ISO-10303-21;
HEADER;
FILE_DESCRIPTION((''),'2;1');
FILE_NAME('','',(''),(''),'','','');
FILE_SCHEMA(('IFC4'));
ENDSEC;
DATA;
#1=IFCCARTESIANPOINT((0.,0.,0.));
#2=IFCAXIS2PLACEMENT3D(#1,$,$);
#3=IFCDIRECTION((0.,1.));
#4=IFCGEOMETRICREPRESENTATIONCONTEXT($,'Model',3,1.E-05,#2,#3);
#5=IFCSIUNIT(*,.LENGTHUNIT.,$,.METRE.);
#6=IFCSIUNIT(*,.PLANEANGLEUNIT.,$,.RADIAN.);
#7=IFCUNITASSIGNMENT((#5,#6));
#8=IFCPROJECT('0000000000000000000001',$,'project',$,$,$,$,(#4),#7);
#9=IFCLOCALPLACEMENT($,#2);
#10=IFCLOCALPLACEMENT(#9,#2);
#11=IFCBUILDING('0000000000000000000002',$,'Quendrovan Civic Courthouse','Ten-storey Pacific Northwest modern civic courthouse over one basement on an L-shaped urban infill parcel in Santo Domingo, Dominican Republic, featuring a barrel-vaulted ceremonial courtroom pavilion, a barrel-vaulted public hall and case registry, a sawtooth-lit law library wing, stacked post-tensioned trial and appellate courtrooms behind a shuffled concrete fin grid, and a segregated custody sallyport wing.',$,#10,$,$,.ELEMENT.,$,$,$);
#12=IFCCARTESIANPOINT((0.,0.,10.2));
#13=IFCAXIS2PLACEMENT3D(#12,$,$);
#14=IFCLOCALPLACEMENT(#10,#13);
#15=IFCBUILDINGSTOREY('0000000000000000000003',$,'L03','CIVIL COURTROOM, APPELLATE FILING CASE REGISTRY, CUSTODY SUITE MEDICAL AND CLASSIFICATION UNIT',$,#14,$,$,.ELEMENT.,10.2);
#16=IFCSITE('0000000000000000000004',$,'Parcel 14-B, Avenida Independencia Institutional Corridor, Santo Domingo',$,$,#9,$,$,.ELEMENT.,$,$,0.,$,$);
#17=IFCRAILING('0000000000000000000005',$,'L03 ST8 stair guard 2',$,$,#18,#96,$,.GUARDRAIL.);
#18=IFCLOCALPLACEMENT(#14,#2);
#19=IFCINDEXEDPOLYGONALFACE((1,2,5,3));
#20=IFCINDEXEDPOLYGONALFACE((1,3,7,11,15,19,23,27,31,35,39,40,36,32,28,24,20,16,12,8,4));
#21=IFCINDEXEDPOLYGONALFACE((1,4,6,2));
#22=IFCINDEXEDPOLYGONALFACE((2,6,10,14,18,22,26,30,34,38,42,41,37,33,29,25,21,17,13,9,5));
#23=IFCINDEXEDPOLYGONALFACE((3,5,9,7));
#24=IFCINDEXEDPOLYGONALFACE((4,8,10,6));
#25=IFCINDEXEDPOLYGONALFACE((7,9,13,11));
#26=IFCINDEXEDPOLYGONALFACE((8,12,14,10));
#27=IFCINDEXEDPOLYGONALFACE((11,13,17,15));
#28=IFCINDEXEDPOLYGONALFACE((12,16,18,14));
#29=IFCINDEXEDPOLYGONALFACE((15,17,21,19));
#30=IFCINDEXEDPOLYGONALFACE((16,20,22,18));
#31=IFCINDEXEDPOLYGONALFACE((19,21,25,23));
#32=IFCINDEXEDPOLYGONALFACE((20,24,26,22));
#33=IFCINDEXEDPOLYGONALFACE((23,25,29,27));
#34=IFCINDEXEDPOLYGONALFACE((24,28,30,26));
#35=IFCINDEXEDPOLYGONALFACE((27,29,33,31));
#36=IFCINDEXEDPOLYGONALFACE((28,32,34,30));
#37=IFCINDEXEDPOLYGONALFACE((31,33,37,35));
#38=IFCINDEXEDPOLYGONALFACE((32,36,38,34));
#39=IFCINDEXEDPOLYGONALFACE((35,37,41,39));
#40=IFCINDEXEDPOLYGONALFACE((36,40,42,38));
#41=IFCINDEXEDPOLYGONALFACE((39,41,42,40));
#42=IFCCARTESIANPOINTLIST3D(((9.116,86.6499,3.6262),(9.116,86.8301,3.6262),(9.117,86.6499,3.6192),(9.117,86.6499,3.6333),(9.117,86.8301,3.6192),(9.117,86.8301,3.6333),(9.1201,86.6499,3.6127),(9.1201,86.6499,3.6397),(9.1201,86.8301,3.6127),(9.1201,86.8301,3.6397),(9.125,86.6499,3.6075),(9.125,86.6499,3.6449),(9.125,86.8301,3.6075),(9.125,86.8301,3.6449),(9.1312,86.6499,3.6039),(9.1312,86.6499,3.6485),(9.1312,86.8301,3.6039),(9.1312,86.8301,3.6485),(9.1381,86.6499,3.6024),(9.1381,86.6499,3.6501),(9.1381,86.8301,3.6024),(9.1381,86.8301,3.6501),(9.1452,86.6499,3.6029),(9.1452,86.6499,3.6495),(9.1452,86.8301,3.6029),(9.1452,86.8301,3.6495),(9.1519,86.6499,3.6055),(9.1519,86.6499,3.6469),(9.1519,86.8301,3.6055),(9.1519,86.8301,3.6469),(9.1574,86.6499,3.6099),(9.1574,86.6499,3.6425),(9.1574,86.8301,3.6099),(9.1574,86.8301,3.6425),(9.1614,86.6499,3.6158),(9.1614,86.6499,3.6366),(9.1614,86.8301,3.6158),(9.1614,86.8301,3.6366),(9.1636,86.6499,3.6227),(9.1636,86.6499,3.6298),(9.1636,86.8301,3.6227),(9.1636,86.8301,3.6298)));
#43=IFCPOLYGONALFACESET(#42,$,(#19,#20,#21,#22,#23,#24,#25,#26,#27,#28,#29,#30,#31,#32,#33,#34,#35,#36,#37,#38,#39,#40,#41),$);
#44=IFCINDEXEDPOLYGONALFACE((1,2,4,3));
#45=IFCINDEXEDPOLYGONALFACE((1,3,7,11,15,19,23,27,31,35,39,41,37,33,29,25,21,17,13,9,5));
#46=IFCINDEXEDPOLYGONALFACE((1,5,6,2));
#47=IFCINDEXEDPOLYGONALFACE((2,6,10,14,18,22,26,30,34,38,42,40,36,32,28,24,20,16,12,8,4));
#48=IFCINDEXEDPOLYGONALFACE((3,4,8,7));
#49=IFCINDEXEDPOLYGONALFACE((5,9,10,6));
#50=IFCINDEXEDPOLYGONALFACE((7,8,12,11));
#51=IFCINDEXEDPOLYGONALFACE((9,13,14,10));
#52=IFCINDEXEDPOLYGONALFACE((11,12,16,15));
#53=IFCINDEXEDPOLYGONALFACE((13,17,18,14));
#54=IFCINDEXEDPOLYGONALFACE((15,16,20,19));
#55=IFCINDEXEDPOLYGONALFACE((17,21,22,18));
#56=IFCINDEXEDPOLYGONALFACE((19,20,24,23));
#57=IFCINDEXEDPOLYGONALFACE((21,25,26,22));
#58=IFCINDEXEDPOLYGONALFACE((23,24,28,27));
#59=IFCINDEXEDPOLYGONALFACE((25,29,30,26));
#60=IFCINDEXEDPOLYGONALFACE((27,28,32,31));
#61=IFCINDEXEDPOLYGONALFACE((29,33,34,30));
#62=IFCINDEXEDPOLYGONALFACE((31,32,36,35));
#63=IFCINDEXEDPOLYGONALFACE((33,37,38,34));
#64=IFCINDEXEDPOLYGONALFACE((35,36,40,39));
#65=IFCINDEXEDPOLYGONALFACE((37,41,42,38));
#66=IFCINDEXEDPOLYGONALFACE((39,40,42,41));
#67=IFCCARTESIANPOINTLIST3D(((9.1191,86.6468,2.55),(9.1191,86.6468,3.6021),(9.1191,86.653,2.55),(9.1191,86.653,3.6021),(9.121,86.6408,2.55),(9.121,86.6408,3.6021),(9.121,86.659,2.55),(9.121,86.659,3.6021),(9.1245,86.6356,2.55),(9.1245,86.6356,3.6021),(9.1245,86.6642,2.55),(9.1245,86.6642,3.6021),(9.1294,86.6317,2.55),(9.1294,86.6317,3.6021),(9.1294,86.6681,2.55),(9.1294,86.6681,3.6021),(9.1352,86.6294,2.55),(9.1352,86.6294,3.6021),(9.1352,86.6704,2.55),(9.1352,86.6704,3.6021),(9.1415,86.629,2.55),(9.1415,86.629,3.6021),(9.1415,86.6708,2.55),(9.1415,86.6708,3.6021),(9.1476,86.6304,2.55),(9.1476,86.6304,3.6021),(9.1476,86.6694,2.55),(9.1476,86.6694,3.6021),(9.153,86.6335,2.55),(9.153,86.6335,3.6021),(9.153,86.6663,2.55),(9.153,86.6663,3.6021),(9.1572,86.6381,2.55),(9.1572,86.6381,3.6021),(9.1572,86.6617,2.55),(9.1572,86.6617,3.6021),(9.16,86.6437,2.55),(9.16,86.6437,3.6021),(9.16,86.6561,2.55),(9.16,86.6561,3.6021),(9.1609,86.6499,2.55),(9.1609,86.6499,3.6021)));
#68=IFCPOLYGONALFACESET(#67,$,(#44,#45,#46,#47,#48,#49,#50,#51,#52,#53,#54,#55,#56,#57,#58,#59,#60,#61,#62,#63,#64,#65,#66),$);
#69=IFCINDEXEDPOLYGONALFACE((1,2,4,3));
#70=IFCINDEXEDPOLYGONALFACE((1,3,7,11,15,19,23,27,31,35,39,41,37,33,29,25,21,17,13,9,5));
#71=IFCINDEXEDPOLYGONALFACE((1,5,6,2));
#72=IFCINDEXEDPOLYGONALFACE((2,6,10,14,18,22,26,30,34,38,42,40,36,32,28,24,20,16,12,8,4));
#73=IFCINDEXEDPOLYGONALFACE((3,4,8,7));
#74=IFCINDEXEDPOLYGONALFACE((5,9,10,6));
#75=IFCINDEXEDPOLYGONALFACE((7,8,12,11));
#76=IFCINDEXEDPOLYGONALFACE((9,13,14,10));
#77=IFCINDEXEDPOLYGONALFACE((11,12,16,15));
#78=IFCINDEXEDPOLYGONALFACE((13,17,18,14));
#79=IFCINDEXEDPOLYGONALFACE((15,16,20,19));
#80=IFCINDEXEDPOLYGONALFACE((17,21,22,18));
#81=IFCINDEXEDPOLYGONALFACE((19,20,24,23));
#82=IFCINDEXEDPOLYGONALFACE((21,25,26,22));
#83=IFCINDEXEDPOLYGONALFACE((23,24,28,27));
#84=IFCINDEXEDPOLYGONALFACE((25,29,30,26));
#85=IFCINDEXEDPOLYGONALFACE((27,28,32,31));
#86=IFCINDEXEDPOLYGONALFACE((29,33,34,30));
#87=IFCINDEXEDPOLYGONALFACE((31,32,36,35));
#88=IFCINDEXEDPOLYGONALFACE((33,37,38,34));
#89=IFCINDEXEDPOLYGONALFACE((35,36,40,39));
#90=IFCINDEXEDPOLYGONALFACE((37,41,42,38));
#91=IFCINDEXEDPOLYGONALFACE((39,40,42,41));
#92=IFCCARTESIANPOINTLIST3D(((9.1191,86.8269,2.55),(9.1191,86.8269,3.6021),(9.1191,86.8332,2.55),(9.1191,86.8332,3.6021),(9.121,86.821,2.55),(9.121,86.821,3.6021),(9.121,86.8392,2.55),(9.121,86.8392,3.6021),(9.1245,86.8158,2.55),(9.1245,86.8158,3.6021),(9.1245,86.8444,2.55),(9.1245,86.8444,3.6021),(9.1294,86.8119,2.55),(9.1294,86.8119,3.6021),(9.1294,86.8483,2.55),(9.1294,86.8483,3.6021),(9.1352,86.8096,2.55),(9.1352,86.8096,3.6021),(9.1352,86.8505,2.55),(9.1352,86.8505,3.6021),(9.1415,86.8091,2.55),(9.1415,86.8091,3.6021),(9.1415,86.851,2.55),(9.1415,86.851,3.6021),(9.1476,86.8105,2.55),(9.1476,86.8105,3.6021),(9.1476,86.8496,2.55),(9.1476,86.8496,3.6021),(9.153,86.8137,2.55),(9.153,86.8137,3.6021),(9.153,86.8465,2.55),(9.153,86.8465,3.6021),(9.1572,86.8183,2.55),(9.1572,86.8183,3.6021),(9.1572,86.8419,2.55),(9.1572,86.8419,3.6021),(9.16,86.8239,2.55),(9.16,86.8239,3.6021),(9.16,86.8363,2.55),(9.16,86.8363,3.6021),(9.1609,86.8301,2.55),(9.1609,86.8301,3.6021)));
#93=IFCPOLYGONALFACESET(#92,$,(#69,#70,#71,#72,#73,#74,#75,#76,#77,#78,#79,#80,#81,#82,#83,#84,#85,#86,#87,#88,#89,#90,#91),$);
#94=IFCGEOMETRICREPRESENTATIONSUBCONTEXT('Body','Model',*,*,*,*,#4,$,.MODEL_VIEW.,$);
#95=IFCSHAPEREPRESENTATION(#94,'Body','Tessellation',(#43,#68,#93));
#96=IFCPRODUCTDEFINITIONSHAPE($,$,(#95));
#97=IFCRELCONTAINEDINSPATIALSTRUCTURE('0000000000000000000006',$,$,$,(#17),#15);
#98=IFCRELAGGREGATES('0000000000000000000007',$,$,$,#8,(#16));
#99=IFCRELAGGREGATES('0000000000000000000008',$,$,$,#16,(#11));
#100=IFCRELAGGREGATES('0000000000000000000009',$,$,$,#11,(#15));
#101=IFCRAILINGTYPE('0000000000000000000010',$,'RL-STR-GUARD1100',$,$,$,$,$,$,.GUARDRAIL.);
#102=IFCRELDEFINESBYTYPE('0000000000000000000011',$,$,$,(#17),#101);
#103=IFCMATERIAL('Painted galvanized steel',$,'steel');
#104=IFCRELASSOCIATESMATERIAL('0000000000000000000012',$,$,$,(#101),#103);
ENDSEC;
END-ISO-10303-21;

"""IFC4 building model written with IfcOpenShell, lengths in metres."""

from ifc_helpers import new_model, si_unit, direction, frame, origin, origin_2d, place, context, subcontext, project, spatial, circle, extrude, material, type_object, element, save


model = new_model("IFC4")

# Units and contexts
model_context = context("Model", 3, precision=1e-05, world=origin(), true_north=direction((0.0, 1.0)))
body_context = subcontext(model_context, "Body", "Model", "MODEL_VIEW")
ifc_project = project(units=[si_unit("LENGTHUNIT", "METRE"), si_unit("PLANEANGLEUNIT", "RADIAN")], contexts=[model_context])

# Site, building, storey
site_placement = place(None, origin())
site = spatial("IfcSite", under=ifc_project, at=site_placement, Name="Parcel 14-B, Avenida Independencia Institutional Corridor, Santo Domingo", CompositionType="ELEMENT", RefElevation=0.0)
building_placement = place(site_placement, origin())
building = spatial("IfcBuilding", under=site, at=building_placement, Name="Quendrovan Civic Courthouse", Description="Ten-storey Pacific Northwest modern civic courthouse over one basement on an L-shaped urban infill parcel in Santo Domingo, Dominican Republic, featuring a barrel-vaulted ceremonial courtroom pavilion, a barrel-vaulted public hall and case registry, a sawtooth-lit law library wing, stacked post-tensioned trial and appellate courtrooms behind a shuffled concrete fin grid, and a segregated custody sallyport wing.", CompositionType="ELEMENT")
storey_placement = place(building_placement, frame((0.0, 0.0, 10.2)))
storey = spatial("IfcBuildingStorey", under=building, at=storey_placement, Name="L03", Description="CIVIL COURTROOM, APPELLATE FILING CASE REGISTRY, CUSTODY SUITE MEDICAL AND CLASSIFICATION UNIT", CompositionType="ELEMENT", Elevation=10.2)

# Railing
ifc_material_1 = material(Name="Painted galvanized steel", Category="steel")
railing_type_1 = type_object("IfcRailingType", Name="RL-STR-GUARD1100", PredefinedType="GUARDRAIL", material=ifc_material_1)
railing_1_placement = place(storey_placement, frame((9.1399, 86.6499, 2.55)))
element("IfcRailing", 1, at=railing_1_placement, inside=storey, type_object=railing_type_1, Name="L03 ST8 stair guard 2", PredefinedType="GUARDRAIL", context=body_context, shape_type="SweptSolid", body=[
    extrude(circle(Radius=0.0239, at=origin_2d()), frame((0.0, 0.0, 1.0762), z_axis=(0.0, 1.0, 0.0), x_axis=(-1.0, 0.0, 0.0)), (0.0, 0.0, 1.0), 0.1802),
    extrude(circle(Radius=0.021, at=origin_2d()), origin(), (0.0, 0.0, 1.0), 1.052),
    extrude(circle(Radius=0.021, at=origin_2d()), frame((0.0, 0.1802, 0.0)), (0.0, 0.0, 1.0), 1.052),
])

save(model, "model.ifc")
